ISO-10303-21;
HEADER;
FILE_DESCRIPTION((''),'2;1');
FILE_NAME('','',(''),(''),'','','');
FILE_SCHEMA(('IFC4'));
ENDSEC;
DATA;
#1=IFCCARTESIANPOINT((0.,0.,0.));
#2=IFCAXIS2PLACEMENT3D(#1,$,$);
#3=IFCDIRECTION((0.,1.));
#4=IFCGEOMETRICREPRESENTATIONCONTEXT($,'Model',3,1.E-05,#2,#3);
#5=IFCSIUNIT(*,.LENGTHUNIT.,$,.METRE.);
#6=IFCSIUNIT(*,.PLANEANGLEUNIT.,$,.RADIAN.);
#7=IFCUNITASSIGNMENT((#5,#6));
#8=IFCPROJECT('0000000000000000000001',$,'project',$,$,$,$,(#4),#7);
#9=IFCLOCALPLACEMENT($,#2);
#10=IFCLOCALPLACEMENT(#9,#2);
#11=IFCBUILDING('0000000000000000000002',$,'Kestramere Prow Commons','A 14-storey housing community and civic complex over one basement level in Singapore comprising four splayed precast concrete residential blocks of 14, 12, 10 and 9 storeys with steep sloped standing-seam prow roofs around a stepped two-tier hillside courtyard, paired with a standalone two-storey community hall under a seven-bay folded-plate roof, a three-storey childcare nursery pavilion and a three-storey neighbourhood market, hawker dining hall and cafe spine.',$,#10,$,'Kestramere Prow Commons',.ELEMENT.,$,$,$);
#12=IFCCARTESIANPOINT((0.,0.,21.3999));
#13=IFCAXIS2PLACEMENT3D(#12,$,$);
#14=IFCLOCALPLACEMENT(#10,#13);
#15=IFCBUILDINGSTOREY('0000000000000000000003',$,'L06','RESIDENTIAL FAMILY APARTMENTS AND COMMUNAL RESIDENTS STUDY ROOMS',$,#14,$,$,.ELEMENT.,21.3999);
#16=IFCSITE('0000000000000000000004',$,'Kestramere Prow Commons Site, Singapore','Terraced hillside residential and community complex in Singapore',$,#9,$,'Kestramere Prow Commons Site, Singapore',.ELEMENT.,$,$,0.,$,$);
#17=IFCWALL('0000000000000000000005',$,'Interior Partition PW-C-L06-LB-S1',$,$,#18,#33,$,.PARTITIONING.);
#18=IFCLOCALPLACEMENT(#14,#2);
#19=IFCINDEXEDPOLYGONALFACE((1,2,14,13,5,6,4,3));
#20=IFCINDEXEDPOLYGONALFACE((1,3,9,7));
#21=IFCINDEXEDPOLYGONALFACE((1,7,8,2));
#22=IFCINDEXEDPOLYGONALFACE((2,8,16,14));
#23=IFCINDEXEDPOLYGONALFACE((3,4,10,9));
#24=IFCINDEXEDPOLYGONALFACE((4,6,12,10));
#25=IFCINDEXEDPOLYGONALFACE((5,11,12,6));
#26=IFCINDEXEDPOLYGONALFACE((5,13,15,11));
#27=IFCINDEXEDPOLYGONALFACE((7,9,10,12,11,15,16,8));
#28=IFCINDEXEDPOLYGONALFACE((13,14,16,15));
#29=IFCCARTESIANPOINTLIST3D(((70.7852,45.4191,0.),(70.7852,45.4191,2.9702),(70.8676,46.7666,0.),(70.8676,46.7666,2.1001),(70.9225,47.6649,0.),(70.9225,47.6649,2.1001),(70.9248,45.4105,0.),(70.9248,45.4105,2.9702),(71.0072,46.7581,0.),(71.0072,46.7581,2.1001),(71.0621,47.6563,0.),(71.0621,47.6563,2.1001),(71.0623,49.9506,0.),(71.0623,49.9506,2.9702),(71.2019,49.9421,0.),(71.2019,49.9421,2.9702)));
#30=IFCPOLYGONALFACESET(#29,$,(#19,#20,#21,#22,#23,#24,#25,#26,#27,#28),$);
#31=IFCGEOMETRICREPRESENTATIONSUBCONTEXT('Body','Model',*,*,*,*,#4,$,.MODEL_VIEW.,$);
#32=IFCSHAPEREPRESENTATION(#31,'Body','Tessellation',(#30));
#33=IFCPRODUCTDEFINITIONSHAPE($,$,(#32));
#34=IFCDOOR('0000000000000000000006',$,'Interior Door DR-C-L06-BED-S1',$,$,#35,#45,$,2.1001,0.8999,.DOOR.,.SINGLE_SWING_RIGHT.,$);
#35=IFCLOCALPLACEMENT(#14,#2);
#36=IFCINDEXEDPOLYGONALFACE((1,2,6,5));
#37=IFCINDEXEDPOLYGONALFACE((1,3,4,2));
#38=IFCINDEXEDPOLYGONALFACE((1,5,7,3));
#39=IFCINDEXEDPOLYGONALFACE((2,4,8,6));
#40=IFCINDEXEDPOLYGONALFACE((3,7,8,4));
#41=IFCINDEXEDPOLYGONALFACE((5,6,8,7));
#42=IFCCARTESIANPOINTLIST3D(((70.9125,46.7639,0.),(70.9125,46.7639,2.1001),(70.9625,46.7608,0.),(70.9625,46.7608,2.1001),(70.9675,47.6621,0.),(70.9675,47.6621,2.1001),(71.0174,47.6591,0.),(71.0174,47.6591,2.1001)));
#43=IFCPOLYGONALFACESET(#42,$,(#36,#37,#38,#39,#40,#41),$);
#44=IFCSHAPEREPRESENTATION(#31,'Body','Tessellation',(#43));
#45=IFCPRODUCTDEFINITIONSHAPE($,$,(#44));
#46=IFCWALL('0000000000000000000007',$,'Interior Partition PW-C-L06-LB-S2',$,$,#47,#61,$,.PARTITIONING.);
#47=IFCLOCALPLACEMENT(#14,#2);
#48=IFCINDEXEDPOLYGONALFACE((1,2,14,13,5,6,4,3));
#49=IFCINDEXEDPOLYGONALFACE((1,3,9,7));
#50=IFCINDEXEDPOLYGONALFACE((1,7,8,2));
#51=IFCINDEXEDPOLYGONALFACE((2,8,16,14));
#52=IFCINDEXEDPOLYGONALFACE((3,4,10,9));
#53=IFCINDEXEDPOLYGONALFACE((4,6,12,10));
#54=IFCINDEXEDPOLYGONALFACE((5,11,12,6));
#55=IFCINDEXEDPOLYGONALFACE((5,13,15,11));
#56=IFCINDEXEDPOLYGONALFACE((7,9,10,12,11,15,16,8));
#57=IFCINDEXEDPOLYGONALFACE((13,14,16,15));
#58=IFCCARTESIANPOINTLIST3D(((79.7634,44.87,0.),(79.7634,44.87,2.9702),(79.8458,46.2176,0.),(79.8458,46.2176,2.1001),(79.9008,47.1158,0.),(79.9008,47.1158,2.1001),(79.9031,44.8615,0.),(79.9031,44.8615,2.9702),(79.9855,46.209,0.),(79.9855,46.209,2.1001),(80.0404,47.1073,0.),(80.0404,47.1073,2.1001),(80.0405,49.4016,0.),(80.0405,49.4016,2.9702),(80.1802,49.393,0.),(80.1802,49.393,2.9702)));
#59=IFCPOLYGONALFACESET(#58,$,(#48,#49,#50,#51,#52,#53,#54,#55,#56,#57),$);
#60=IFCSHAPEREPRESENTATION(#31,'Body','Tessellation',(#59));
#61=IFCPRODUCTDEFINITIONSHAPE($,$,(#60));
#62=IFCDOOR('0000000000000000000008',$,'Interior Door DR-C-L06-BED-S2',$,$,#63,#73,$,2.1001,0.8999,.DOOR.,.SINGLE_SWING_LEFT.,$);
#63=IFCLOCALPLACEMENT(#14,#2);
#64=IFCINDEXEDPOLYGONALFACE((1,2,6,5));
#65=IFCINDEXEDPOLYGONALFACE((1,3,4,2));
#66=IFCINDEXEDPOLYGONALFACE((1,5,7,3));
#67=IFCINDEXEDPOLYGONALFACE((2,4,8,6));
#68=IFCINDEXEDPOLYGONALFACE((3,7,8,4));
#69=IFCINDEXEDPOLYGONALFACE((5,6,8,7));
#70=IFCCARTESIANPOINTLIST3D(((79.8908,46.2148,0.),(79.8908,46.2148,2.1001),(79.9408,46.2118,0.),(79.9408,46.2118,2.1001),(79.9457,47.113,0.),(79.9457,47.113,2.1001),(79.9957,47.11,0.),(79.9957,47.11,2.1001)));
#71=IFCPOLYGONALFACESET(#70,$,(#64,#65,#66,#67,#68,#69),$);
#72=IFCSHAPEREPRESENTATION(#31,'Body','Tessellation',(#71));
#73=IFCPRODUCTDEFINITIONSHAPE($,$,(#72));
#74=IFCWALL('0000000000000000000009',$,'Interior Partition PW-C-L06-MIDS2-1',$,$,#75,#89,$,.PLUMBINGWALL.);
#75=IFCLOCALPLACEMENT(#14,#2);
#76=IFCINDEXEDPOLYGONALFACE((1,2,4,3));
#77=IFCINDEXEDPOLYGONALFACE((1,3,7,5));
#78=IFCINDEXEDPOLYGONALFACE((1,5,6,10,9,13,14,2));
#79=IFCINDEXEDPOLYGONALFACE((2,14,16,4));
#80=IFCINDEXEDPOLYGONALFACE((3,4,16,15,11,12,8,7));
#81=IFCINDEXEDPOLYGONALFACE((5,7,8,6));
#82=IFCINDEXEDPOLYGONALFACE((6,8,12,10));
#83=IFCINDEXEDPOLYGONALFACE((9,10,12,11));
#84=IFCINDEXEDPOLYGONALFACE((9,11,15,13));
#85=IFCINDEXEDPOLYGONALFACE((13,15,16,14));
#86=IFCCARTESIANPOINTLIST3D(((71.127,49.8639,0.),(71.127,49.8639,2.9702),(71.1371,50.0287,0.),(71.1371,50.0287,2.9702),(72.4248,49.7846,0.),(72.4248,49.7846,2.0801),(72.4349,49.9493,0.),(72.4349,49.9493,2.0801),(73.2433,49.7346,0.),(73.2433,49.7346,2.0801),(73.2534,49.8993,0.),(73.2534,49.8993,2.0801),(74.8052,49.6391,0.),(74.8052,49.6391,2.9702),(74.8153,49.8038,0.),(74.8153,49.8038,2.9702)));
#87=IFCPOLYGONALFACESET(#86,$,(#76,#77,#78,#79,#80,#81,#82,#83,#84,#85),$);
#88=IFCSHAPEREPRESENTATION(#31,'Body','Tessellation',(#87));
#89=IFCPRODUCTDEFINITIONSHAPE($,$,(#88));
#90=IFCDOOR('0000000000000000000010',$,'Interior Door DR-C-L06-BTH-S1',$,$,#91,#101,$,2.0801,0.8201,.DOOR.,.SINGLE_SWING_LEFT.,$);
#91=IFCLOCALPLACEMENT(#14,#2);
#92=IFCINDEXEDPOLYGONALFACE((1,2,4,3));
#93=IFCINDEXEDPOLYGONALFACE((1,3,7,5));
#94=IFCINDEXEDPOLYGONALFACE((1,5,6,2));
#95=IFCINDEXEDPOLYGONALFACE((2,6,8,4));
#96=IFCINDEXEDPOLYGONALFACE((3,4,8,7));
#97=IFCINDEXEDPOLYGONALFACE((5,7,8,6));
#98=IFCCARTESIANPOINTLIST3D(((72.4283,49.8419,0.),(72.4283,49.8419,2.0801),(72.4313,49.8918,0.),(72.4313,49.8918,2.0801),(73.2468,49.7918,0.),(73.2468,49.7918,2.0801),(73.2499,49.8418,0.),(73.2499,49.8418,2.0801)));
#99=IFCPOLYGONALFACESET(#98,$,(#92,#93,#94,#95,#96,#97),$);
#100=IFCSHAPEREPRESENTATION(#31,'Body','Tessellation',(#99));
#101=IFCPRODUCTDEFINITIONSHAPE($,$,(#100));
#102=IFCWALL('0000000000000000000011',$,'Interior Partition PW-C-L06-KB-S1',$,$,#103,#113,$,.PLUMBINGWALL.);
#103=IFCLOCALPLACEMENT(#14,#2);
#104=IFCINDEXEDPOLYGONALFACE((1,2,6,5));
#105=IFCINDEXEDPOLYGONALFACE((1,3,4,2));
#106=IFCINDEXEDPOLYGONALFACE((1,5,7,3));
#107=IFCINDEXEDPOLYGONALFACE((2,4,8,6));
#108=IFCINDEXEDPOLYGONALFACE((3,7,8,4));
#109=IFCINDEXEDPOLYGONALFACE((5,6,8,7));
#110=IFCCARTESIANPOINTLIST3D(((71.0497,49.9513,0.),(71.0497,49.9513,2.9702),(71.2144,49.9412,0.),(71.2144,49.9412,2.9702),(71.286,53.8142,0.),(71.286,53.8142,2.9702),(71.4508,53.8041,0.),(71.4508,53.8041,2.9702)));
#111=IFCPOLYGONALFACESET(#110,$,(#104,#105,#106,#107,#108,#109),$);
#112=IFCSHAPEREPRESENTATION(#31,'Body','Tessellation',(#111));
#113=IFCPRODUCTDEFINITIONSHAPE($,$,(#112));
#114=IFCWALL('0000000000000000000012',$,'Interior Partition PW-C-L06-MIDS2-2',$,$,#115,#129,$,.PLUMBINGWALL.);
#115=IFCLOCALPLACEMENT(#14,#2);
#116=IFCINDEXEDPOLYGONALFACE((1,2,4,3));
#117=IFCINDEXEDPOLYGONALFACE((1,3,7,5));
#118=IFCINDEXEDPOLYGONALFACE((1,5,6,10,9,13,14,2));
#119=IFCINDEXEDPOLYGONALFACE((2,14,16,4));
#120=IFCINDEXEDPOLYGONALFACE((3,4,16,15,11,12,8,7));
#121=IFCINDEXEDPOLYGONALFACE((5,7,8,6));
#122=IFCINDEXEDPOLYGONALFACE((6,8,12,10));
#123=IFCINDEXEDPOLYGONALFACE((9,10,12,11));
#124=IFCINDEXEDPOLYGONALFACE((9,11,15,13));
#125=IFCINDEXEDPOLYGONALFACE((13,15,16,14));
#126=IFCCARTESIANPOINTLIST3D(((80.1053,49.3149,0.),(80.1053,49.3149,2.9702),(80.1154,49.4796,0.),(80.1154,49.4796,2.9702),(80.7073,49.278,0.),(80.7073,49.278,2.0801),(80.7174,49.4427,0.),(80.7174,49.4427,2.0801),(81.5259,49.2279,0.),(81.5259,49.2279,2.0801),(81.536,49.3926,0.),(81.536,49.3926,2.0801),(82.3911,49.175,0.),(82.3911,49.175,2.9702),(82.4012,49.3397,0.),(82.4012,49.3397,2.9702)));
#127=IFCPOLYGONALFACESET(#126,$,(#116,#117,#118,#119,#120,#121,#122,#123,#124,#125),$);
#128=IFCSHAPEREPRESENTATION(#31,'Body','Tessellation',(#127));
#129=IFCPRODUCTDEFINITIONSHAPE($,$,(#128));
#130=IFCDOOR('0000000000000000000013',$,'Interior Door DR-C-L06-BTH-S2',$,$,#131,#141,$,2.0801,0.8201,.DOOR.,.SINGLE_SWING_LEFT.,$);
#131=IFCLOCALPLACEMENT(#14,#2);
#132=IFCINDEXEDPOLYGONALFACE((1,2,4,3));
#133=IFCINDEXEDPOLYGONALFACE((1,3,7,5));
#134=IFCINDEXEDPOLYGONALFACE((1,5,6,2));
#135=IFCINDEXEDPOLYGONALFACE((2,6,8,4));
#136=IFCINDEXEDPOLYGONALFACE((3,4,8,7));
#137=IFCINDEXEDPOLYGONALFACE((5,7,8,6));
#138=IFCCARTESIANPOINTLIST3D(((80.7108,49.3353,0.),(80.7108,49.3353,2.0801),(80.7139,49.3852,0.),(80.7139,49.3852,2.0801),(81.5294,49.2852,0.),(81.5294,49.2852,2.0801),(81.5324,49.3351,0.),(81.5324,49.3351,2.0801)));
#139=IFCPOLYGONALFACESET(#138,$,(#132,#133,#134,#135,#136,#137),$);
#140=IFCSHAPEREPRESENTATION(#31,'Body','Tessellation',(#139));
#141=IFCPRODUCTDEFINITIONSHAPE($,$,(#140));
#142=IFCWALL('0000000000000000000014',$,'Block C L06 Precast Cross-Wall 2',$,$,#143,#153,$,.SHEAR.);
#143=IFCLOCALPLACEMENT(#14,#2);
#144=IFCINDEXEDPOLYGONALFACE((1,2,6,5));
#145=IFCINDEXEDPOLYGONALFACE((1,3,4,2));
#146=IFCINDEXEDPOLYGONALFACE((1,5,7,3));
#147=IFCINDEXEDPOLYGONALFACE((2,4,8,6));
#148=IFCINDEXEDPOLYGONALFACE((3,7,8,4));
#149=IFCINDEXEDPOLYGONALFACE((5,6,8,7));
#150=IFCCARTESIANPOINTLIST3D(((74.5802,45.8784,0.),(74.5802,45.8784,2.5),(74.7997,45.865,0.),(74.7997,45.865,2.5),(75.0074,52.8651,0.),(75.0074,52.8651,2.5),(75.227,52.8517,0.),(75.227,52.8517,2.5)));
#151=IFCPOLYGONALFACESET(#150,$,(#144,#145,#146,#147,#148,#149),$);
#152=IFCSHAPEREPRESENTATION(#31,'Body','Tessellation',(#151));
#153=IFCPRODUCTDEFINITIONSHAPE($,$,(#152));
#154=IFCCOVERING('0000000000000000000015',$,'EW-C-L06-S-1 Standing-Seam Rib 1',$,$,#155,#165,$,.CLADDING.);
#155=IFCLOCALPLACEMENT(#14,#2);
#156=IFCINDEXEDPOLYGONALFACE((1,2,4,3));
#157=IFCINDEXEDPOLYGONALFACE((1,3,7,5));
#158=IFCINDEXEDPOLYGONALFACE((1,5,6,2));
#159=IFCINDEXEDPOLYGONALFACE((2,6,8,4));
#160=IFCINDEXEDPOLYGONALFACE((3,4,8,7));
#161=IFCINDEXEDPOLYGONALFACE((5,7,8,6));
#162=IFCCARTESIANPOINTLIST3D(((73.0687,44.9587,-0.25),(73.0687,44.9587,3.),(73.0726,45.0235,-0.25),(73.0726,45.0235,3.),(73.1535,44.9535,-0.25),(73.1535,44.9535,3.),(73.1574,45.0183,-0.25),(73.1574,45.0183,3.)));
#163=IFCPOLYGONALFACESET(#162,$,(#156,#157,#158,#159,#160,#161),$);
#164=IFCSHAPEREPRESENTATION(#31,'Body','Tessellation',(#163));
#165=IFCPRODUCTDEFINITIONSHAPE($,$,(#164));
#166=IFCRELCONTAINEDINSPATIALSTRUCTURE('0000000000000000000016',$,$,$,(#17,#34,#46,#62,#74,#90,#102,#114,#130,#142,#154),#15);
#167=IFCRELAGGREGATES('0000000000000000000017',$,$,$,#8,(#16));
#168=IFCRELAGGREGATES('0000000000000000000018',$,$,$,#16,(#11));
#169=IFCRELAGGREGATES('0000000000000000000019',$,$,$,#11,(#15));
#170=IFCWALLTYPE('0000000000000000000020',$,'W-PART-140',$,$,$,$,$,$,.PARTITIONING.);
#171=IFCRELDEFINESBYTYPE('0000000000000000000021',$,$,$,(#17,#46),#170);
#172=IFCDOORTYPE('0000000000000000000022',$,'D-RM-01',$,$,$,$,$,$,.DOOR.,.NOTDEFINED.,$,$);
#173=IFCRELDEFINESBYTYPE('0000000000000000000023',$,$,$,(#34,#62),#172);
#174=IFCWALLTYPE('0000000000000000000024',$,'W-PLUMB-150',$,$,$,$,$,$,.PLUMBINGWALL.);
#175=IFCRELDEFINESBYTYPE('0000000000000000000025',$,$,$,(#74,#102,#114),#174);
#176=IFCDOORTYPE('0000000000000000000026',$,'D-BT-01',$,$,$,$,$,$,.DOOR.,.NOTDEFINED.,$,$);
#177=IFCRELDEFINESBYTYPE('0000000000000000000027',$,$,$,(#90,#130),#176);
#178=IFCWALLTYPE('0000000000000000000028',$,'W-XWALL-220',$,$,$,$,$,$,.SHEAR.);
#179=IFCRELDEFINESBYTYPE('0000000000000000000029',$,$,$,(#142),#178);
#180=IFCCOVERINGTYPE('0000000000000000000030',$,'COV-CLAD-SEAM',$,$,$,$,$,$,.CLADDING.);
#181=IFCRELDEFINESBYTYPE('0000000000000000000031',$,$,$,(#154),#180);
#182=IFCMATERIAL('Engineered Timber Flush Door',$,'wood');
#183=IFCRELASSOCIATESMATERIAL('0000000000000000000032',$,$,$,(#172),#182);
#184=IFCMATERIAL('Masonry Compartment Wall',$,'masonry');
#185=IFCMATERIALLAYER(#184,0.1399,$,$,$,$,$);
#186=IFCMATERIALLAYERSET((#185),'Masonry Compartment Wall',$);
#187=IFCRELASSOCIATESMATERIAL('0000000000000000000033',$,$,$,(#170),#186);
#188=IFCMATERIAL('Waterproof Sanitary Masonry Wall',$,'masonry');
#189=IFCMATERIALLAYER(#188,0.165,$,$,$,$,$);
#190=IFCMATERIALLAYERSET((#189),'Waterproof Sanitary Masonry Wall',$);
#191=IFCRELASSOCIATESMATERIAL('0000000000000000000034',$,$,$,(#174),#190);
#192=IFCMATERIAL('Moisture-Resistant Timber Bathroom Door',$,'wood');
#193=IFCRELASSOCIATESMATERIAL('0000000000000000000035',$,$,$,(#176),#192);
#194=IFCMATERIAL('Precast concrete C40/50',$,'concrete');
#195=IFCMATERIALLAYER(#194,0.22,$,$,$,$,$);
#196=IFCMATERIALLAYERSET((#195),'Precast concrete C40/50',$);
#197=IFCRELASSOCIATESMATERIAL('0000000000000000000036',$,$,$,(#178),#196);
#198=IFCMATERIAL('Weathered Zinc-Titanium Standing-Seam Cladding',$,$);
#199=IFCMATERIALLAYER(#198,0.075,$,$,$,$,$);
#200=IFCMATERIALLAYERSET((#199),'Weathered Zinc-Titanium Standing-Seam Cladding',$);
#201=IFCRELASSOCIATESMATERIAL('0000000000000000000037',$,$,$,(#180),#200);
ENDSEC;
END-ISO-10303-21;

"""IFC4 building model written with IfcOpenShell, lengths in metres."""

from ifc_helpers import new_model, si_unit, direction, frame, frame_2d, origin, origin_2d, place, context, subcontext, project, spatial, rectangle, extrude, material, layer, layer_set, type_object, element, fill, save


model = new_model("IFC4")

# Units and contexts
model_context = context("Model", 3, precision=1e-05, world=origin(), true_north=direction((0.0, 1.0)))
body_context = subcontext(model_context, "Body", "Model", "MODEL_VIEW")
ifc_project = project(units=[si_unit("LENGTHUNIT", "METRE"), si_unit("PLANEANGLEUNIT", "RADIAN")], contexts=[model_context])

# Site, building, storey
site_placement = place(None, origin())
site = spatial("IfcSite", under=ifc_project, at=site_placement, Name="Kestramere Prow Commons Site, Singapore", Description="Terraced hillside residential and community complex in Singapore", LongName="Kestramere Prow Commons Site, Singapore", CompositionType="ELEMENT", RefElevation=0.0)
building_placement = place(site_placement, origin())
building = spatial("IfcBuilding", under=site, at=building_placement, Name="Kestramere Prow Commons", Description="A 14-storey housing community and civic complex over one basement level in Singapore comprising four splayed precast concrete residential blocks of 14, 12, 10 and 9 storeys with steep sloped standing-seam prow roofs around a stepped two-tier hillside courtyard, paired with a standalone two-storey community hall under a seven-bay folded-plate roof, a three-storey childcare nursery pavilion and a three-storey neighbourhood market, hawker dining hall and cafe spine.", LongName="Kestramere Prow Commons", CompositionType="ELEMENT")
storey_placement = place(building_placement, frame((0.0, 0.0, 21.3999)))
storey = spatial("IfcBuildingStorey", under=building, at=storey_placement, Name="L06", Description="RESIDENTIAL FAMILY APARTMENTS AND COMMUNAL RESIDENTS STUDY ROOMS", CompositionType="ELEMENT", Elevation=21.3999)

# Shared definitions
ifc_material_1 = material(Name="Precast concrete C40/50", Category="concrete")

# Walls, openings, doors
ifc_material_2 = material(Name="Engineered Timber Flush Door", Category="wood")
door_type_1 = type_object("IfcDoorType", Name="D-RM-01", OperationType="NOTDEFINED", PredefinedType="DOOR", material=ifc_material_2)
ifc_material_3 = material(Name="Masonry Compartment Wall", Category="masonry")
ifc_layer_1 = layer(ifc_material_3, 0.1399)
ifc_layer_set_1 = layer_set([ifc_layer_1], Name="Masonry Compartment Wall")
wall_type_1 = type_object("IfcWallType", Name="W-PART-140", PredefinedType="PARTITIONING", material=ifc_layer_set_1)
wall_1_placement = place(storey_placement, frame((70.855, 45.4148, 0.0), z_axis=(0.0, 0.0, 1.0), x_axis=(0.061036, 0.998136, 0.0)))
wall_1 = element("IfcWall", 1, at=wall_1_placement, inside=storey, type_object=wall_type_1, Name="Interior Partition PW-C-L06-LB-S1", PredefinedType="PARTITIONING", context=body_context, shape_type="SweptSolid", body=[
    extrude(rectangle(XDim=4.54, YDim=0.1399, at=frame_2d((2.27, 0.0))), origin(), (0.0, 0.0, 1.0), 2.9702),
])
opening_1_placement = place(wall_1_placement, frame((1.3501, 0.0, 0.0)))
opening_1 = element("IfcOpeningElement", 2, at=opening_1_placement, cuts=wall_1, PredefinedType="OPENING", context=body_context, shape_type="SweptSolid", body=[
    extrude(rectangle(XDim=0.8999, YDim=2.1001, at=frame_2d((0.45, 1.05))), frame((0.0, 0.085, 0.0), z_axis=(0.0, -1.0, 0.0), x_axis=(1.0, 0.0, 0.0)), (0.0, 0.0, 1.0), 0.1699),
])
door_1_placement = place(opening_1_placement, origin())
door_1 = element("IfcDoor", 3, at=door_1_placement, inside=storey, type_object=door_type_1, Name="Interior Door DR-C-L06-BED-S1", OperationType="SINGLE_SWING_RIGHT", OverallHeight=2.1001, OverallWidth=0.8999, PredefinedType="DOOR", context=body_context, shape_type="SweptSolid", body=[
    extrude(rectangle(XDim=0.8999, YDim=2.1001, at=frame_2d((0.45, 1.05))), frame((0.0, 0.0249, 0.0), z_axis=(0.0, -1.0, 0.0), x_axis=(1.0, 0.0, 0.0)), (0.0, 0.0, 1.0), 0.05),
])
fill(opening_1, door_1)
wall_2_placement = place(storey_placement, frame((79.8333, 44.8657, 0.0), z_axis=(0.0, 0.0, 1.0), x_axis=(0.061036, 0.998136, 0.0)))
wall_2 = element("IfcWall", 4, at=wall_2_placement, inside=storey, type_object=wall_type_1, Name="Interior Partition PW-C-L06-LB-S2", PredefinedType="PARTITIONING", context=body_context, shape_type="SweptSolid", body=[
    extrude(rectangle(XDim=4.54, YDim=0.1399, at=frame_2d((2.27, 0.0))), origin(), (0.0, 0.0, 1.0), 2.9702),
])
opening_2_placement = place(wall_2_placement, frame((1.3501, 0.0, 0.0)))
opening_2 = element("IfcOpeningElement", 5, at=opening_2_placement, cuts=wall_2, PredefinedType="OPENING", context=body_context, shape_type="SweptSolid", body=[
    extrude(rectangle(XDim=0.8999, YDim=2.1001, at=frame_2d((0.45, 1.05))), frame((0.0, 0.085, 0.0), z_axis=(0.0, -1.0, 0.0), x_axis=(1.0, 0.0, 0.0)), (0.0, 0.0, 1.0), 0.1699),
])
door_2_placement = place(opening_2_placement, origin())
door_2 = element("IfcDoor", 6, at=door_2_placement, inside=storey, type_object=door_type_1, Name="Interior Door DR-C-L06-BED-S2", OperationType="SINGLE_SWING_LEFT", OverallHeight=2.1001, OverallWidth=0.8999, PredefinedType="DOOR", context=body_context, shape_type="SweptSolid", body=[
    extrude(rectangle(XDim=0.8999, YDim=2.1001, at=frame_2d((0.45, 1.05))), frame((0.0, 0.0249, 0.0), z_axis=(0.0, -1.0, 0.0), x_axis=(1.0, 0.0, 0.0)), (0.0, 0.0, 1.0), 0.05),
])
fill(opening_2, door_2)
ifc_material_4 = material(Name="Waterproof Sanitary Masonry Wall", Category="masonry")
ifc_layer_2 = layer(ifc_material_4, 0.165)
ifc_layer_set_2 = layer_set([ifc_layer_2], Name="Waterproof Sanitary Masonry Wall")
wall_type_2 = type_object("IfcWallType", Name="W-PLUMB-150", PredefinedType="PLUMBINGWALL", material=ifc_layer_set_2)
wall_3_placement = place(storey_placement, frame((71.1321, 49.9463, 0.0), z_axis=(0.0, 0.0, 1.0), x_axis=(0.998137, -0.061017, 0.0)))
wall_3 = element("IfcWall", 7, at=wall_3_placement, inside=storey, type_object=wall_type_2, Name="Interior Partition PW-C-L06-MIDS2-1", PredefinedType="PLUMBINGWALL", context=body_context, shape_type="SweptSolid", body=[
    extrude(rectangle(XDim=3.6851, YDim=0.165, at=frame_2d((1.8425, 0.0))), origin(), (0.0, 0.0, 1.0), 2.9702),
])
opening_3_placement = place(wall_3_placement, frame((1.3, 0.0, 0.0)))
opening_3 = element("IfcOpeningElement", 8, at=opening_3_placement, cuts=wall_3, PredefinedType="OPENING", context=body_context, shape_type="SweptSolid", body=[
    extrude(rectangle(XDim=0.8201, YDim=2.0801, at=frame_2d((0.4102, 1.04))), frame((0.0, 0.0974, 0.0), z_axis=(0.0, -1.0, 0.0), x_axis=(1.0, 0.0, 0.0)), (0.0, 0.0, 1.0), 0.1951),
])
ifc_material_5 = material(Name="Moisture-Resistant Timber Bathroom Door", Category="wood")
door_type_2 = type_object("IfcDoorType", Name="D-BT-01", OperationType="NOTDEFINED", PredefinedType="DOOR", material=ifc_material_5)
door_3_placement = place(opening_3_placement, origin())
door_3 = element("IfcDoor", 9, at=door_3_placement, inside=storey, type_object=door_type_2, Name="Interior Door DR-C-L06-BTH-S1", OperationType="SINGLE_SWING_LEFT", OverallHeight=2.0801, OverallWidth=0.8201, PredefinedType="DOOR", context=body_context, shape_type="SweptSolid", body=[
    extrude(rectangle(XDim=0.8201, YDim=2.0801, at=frame_2d((0.4102, 1.04))), frame((0.0, 0.0249, 0.0), z_axis=(0.0, -1.0, 0.0), x_axis=(1.0, 0.0, 0.0)), (0.0, 0.0, 1.0), 0.05),
])
fill(opening_3, door_3)

# Wall
wall_4_placement = place(storey_placement, frame((71.1321, 49.9463, 0.0), z_axis=(0.0, 0.0, 1.0), x_axis=(0.061066, 0.998134, 0.0)))
element("IfcWall", 10, at=wall_4_placement, inside=storey, type_object=wall_type_2, Name="Interior Partition PW-C-L06-KB-S1", PredefinedType="PLUMBINGWALL", context=body_context, shape_type="SweptSolid", body=[
    extrude(rectangle(XDim=3.8701, YDim=0.165, at=frame_2d((1.9351, 0.0))), origin(), (0.0, 0.0, 1.0), 2.9702),
])

# Wall, opening, door
wall_5_placement = place(storey_placement, frame((80.1104, 49.3972, 0.0), z_axis=(0.0, 0.0, 1.0), x_axis=(0.998132, -0.061091, 0.0)))
wall_5 = element("IfcWall", 11, at=wall_5_placement, inside=storey, type_object=wall_type_2, Name="Interior Partition PW-C-L06-MIDS2-2", PredefinedType="PLUMBINGWALL", context=body_context, shape_type="SweptSolid", body=[
    extrude(rectangle(XDim=2.29, YDim=0.165, at=frame_2d((1.145, 0.0))), origin(), (0.0, 0.0, 1.0), 2.9702),
])
opening_4_placement = place(wall_5_placement, frame((0.603, 0.0, 0.0)))
opening_4 = element("IfcOpeningElement", 12, at=opening_4_placement, cuts=wall_5, PredefinedType="OPENING", context=body_context, shape_type="SweptSolid", body=[
    extrude(rectangle(XDim=0.8201, YDim=2.0801, at=frame_2d((0.4102, 1.04))), frame((0.0, 0.0974, 0.0), z_axis=(0.0, -1.0, 0.0), x_axis=(1.0, 0.0, 0.0)), (0.0, 0.0, 1.0), 0.1951),
])
door_4_placement = place(opening_4_placement, origin())
door_4 = element("IfcDoor", 13, at=door_4_placement, inside=storey, type_object=door_type_2, Name="Interior Door DR-C-L06-BTH-S2", OperationType="SINGLE_SWING_LEFT", OverallHeight=2.0801, OverallWidth=0.8201, PredefinedType="DOOR", context=body_context, shape_type="SweptSolid", body=[
    extrude(rectangle(XDim=0.8201, YDim=2.0801, at=frame_2d((0.4102, 1.04))), frame((0.0, 0.0249, 0.0), z_axis=(0.0, -1.0, 0.0), x_axis=(1.0, 0.0, 0.0)), (0.0, 0.0, 1.0), 0.05),
])
fill(opening_4, door_4)

# Wall
ifc_layer_3 = layer(ifc_material_1, 0.22)
ifc_layer_set_3 = layer_set([ifc_layer_3], Name="Precast concrete C40/50")
wall_type_3 = type_object("IfcWallType", Name="W-XWALL-220", PredefinedType="SHEAR", material=ifc_layer_set_3)
wall_6_placement = place(storey_placement, frame((74.6899, 45.8716, 0.0), z_axis=(0.0, 0.0, 1.0), x_axis=(0.061036, 0.998136, 0.0)))
element("IfcWall", 14, at=wall_6_placement, inside=storey, type_object=wall_type_3, Name="Block C L06 Precast Cross-Wall 2", PredefinedType="SHEAR", context=body_context, shape_type="SweptSolid", body=[
    extrude(rectangle(XDim=6.9998, YDim=0.22, at=frame_2d((3.5, 0.0))), origin(), (0.0, 0.0, 1.0), 2.5),
])

# Covering
ifc_material_6 = material(Name="Weathered Zinc-Titanium Standing-Seam Cladding")
ifc_layer_4 = layer(ifc_material_6, 0.075)
ifc_layer_set_4 = layer_set([ifc_layer_4], Name="Weathered Zinc-Titanium Standing-Seam Cladding")
covering_type = type_object("IfcCoveringType", Name="COV-CLAD-SEAM", PredefinedType="CLADDING", material=ifc_layer_set_4)
for number, where, z_axis, x_axis, name in (
    (15, (73.113, 44.9885, -0.25), (0.0, 0.0, 1.0), (-0.998135, 0.061049, 0.0), "EW-C-L06-S-1 Standing-Seam Rib 1"),
):
    element("IfcCovering", number, at=place(storey_placement, frame(where, z_axis=z_axis, x_axis=x_axis)), inside=storey, type_object=covering_type, Name=name, PredefinedType="CLADDING", context=body_context, shape_type="SweptSolid", body=[
        extrude(rectangle(XDim=0.085, YDim=0.0649, at=origin_2d()), origin(), (0.0, 0.0, 1.0), 3.25),
    ])

save(model, "model.ifc")
